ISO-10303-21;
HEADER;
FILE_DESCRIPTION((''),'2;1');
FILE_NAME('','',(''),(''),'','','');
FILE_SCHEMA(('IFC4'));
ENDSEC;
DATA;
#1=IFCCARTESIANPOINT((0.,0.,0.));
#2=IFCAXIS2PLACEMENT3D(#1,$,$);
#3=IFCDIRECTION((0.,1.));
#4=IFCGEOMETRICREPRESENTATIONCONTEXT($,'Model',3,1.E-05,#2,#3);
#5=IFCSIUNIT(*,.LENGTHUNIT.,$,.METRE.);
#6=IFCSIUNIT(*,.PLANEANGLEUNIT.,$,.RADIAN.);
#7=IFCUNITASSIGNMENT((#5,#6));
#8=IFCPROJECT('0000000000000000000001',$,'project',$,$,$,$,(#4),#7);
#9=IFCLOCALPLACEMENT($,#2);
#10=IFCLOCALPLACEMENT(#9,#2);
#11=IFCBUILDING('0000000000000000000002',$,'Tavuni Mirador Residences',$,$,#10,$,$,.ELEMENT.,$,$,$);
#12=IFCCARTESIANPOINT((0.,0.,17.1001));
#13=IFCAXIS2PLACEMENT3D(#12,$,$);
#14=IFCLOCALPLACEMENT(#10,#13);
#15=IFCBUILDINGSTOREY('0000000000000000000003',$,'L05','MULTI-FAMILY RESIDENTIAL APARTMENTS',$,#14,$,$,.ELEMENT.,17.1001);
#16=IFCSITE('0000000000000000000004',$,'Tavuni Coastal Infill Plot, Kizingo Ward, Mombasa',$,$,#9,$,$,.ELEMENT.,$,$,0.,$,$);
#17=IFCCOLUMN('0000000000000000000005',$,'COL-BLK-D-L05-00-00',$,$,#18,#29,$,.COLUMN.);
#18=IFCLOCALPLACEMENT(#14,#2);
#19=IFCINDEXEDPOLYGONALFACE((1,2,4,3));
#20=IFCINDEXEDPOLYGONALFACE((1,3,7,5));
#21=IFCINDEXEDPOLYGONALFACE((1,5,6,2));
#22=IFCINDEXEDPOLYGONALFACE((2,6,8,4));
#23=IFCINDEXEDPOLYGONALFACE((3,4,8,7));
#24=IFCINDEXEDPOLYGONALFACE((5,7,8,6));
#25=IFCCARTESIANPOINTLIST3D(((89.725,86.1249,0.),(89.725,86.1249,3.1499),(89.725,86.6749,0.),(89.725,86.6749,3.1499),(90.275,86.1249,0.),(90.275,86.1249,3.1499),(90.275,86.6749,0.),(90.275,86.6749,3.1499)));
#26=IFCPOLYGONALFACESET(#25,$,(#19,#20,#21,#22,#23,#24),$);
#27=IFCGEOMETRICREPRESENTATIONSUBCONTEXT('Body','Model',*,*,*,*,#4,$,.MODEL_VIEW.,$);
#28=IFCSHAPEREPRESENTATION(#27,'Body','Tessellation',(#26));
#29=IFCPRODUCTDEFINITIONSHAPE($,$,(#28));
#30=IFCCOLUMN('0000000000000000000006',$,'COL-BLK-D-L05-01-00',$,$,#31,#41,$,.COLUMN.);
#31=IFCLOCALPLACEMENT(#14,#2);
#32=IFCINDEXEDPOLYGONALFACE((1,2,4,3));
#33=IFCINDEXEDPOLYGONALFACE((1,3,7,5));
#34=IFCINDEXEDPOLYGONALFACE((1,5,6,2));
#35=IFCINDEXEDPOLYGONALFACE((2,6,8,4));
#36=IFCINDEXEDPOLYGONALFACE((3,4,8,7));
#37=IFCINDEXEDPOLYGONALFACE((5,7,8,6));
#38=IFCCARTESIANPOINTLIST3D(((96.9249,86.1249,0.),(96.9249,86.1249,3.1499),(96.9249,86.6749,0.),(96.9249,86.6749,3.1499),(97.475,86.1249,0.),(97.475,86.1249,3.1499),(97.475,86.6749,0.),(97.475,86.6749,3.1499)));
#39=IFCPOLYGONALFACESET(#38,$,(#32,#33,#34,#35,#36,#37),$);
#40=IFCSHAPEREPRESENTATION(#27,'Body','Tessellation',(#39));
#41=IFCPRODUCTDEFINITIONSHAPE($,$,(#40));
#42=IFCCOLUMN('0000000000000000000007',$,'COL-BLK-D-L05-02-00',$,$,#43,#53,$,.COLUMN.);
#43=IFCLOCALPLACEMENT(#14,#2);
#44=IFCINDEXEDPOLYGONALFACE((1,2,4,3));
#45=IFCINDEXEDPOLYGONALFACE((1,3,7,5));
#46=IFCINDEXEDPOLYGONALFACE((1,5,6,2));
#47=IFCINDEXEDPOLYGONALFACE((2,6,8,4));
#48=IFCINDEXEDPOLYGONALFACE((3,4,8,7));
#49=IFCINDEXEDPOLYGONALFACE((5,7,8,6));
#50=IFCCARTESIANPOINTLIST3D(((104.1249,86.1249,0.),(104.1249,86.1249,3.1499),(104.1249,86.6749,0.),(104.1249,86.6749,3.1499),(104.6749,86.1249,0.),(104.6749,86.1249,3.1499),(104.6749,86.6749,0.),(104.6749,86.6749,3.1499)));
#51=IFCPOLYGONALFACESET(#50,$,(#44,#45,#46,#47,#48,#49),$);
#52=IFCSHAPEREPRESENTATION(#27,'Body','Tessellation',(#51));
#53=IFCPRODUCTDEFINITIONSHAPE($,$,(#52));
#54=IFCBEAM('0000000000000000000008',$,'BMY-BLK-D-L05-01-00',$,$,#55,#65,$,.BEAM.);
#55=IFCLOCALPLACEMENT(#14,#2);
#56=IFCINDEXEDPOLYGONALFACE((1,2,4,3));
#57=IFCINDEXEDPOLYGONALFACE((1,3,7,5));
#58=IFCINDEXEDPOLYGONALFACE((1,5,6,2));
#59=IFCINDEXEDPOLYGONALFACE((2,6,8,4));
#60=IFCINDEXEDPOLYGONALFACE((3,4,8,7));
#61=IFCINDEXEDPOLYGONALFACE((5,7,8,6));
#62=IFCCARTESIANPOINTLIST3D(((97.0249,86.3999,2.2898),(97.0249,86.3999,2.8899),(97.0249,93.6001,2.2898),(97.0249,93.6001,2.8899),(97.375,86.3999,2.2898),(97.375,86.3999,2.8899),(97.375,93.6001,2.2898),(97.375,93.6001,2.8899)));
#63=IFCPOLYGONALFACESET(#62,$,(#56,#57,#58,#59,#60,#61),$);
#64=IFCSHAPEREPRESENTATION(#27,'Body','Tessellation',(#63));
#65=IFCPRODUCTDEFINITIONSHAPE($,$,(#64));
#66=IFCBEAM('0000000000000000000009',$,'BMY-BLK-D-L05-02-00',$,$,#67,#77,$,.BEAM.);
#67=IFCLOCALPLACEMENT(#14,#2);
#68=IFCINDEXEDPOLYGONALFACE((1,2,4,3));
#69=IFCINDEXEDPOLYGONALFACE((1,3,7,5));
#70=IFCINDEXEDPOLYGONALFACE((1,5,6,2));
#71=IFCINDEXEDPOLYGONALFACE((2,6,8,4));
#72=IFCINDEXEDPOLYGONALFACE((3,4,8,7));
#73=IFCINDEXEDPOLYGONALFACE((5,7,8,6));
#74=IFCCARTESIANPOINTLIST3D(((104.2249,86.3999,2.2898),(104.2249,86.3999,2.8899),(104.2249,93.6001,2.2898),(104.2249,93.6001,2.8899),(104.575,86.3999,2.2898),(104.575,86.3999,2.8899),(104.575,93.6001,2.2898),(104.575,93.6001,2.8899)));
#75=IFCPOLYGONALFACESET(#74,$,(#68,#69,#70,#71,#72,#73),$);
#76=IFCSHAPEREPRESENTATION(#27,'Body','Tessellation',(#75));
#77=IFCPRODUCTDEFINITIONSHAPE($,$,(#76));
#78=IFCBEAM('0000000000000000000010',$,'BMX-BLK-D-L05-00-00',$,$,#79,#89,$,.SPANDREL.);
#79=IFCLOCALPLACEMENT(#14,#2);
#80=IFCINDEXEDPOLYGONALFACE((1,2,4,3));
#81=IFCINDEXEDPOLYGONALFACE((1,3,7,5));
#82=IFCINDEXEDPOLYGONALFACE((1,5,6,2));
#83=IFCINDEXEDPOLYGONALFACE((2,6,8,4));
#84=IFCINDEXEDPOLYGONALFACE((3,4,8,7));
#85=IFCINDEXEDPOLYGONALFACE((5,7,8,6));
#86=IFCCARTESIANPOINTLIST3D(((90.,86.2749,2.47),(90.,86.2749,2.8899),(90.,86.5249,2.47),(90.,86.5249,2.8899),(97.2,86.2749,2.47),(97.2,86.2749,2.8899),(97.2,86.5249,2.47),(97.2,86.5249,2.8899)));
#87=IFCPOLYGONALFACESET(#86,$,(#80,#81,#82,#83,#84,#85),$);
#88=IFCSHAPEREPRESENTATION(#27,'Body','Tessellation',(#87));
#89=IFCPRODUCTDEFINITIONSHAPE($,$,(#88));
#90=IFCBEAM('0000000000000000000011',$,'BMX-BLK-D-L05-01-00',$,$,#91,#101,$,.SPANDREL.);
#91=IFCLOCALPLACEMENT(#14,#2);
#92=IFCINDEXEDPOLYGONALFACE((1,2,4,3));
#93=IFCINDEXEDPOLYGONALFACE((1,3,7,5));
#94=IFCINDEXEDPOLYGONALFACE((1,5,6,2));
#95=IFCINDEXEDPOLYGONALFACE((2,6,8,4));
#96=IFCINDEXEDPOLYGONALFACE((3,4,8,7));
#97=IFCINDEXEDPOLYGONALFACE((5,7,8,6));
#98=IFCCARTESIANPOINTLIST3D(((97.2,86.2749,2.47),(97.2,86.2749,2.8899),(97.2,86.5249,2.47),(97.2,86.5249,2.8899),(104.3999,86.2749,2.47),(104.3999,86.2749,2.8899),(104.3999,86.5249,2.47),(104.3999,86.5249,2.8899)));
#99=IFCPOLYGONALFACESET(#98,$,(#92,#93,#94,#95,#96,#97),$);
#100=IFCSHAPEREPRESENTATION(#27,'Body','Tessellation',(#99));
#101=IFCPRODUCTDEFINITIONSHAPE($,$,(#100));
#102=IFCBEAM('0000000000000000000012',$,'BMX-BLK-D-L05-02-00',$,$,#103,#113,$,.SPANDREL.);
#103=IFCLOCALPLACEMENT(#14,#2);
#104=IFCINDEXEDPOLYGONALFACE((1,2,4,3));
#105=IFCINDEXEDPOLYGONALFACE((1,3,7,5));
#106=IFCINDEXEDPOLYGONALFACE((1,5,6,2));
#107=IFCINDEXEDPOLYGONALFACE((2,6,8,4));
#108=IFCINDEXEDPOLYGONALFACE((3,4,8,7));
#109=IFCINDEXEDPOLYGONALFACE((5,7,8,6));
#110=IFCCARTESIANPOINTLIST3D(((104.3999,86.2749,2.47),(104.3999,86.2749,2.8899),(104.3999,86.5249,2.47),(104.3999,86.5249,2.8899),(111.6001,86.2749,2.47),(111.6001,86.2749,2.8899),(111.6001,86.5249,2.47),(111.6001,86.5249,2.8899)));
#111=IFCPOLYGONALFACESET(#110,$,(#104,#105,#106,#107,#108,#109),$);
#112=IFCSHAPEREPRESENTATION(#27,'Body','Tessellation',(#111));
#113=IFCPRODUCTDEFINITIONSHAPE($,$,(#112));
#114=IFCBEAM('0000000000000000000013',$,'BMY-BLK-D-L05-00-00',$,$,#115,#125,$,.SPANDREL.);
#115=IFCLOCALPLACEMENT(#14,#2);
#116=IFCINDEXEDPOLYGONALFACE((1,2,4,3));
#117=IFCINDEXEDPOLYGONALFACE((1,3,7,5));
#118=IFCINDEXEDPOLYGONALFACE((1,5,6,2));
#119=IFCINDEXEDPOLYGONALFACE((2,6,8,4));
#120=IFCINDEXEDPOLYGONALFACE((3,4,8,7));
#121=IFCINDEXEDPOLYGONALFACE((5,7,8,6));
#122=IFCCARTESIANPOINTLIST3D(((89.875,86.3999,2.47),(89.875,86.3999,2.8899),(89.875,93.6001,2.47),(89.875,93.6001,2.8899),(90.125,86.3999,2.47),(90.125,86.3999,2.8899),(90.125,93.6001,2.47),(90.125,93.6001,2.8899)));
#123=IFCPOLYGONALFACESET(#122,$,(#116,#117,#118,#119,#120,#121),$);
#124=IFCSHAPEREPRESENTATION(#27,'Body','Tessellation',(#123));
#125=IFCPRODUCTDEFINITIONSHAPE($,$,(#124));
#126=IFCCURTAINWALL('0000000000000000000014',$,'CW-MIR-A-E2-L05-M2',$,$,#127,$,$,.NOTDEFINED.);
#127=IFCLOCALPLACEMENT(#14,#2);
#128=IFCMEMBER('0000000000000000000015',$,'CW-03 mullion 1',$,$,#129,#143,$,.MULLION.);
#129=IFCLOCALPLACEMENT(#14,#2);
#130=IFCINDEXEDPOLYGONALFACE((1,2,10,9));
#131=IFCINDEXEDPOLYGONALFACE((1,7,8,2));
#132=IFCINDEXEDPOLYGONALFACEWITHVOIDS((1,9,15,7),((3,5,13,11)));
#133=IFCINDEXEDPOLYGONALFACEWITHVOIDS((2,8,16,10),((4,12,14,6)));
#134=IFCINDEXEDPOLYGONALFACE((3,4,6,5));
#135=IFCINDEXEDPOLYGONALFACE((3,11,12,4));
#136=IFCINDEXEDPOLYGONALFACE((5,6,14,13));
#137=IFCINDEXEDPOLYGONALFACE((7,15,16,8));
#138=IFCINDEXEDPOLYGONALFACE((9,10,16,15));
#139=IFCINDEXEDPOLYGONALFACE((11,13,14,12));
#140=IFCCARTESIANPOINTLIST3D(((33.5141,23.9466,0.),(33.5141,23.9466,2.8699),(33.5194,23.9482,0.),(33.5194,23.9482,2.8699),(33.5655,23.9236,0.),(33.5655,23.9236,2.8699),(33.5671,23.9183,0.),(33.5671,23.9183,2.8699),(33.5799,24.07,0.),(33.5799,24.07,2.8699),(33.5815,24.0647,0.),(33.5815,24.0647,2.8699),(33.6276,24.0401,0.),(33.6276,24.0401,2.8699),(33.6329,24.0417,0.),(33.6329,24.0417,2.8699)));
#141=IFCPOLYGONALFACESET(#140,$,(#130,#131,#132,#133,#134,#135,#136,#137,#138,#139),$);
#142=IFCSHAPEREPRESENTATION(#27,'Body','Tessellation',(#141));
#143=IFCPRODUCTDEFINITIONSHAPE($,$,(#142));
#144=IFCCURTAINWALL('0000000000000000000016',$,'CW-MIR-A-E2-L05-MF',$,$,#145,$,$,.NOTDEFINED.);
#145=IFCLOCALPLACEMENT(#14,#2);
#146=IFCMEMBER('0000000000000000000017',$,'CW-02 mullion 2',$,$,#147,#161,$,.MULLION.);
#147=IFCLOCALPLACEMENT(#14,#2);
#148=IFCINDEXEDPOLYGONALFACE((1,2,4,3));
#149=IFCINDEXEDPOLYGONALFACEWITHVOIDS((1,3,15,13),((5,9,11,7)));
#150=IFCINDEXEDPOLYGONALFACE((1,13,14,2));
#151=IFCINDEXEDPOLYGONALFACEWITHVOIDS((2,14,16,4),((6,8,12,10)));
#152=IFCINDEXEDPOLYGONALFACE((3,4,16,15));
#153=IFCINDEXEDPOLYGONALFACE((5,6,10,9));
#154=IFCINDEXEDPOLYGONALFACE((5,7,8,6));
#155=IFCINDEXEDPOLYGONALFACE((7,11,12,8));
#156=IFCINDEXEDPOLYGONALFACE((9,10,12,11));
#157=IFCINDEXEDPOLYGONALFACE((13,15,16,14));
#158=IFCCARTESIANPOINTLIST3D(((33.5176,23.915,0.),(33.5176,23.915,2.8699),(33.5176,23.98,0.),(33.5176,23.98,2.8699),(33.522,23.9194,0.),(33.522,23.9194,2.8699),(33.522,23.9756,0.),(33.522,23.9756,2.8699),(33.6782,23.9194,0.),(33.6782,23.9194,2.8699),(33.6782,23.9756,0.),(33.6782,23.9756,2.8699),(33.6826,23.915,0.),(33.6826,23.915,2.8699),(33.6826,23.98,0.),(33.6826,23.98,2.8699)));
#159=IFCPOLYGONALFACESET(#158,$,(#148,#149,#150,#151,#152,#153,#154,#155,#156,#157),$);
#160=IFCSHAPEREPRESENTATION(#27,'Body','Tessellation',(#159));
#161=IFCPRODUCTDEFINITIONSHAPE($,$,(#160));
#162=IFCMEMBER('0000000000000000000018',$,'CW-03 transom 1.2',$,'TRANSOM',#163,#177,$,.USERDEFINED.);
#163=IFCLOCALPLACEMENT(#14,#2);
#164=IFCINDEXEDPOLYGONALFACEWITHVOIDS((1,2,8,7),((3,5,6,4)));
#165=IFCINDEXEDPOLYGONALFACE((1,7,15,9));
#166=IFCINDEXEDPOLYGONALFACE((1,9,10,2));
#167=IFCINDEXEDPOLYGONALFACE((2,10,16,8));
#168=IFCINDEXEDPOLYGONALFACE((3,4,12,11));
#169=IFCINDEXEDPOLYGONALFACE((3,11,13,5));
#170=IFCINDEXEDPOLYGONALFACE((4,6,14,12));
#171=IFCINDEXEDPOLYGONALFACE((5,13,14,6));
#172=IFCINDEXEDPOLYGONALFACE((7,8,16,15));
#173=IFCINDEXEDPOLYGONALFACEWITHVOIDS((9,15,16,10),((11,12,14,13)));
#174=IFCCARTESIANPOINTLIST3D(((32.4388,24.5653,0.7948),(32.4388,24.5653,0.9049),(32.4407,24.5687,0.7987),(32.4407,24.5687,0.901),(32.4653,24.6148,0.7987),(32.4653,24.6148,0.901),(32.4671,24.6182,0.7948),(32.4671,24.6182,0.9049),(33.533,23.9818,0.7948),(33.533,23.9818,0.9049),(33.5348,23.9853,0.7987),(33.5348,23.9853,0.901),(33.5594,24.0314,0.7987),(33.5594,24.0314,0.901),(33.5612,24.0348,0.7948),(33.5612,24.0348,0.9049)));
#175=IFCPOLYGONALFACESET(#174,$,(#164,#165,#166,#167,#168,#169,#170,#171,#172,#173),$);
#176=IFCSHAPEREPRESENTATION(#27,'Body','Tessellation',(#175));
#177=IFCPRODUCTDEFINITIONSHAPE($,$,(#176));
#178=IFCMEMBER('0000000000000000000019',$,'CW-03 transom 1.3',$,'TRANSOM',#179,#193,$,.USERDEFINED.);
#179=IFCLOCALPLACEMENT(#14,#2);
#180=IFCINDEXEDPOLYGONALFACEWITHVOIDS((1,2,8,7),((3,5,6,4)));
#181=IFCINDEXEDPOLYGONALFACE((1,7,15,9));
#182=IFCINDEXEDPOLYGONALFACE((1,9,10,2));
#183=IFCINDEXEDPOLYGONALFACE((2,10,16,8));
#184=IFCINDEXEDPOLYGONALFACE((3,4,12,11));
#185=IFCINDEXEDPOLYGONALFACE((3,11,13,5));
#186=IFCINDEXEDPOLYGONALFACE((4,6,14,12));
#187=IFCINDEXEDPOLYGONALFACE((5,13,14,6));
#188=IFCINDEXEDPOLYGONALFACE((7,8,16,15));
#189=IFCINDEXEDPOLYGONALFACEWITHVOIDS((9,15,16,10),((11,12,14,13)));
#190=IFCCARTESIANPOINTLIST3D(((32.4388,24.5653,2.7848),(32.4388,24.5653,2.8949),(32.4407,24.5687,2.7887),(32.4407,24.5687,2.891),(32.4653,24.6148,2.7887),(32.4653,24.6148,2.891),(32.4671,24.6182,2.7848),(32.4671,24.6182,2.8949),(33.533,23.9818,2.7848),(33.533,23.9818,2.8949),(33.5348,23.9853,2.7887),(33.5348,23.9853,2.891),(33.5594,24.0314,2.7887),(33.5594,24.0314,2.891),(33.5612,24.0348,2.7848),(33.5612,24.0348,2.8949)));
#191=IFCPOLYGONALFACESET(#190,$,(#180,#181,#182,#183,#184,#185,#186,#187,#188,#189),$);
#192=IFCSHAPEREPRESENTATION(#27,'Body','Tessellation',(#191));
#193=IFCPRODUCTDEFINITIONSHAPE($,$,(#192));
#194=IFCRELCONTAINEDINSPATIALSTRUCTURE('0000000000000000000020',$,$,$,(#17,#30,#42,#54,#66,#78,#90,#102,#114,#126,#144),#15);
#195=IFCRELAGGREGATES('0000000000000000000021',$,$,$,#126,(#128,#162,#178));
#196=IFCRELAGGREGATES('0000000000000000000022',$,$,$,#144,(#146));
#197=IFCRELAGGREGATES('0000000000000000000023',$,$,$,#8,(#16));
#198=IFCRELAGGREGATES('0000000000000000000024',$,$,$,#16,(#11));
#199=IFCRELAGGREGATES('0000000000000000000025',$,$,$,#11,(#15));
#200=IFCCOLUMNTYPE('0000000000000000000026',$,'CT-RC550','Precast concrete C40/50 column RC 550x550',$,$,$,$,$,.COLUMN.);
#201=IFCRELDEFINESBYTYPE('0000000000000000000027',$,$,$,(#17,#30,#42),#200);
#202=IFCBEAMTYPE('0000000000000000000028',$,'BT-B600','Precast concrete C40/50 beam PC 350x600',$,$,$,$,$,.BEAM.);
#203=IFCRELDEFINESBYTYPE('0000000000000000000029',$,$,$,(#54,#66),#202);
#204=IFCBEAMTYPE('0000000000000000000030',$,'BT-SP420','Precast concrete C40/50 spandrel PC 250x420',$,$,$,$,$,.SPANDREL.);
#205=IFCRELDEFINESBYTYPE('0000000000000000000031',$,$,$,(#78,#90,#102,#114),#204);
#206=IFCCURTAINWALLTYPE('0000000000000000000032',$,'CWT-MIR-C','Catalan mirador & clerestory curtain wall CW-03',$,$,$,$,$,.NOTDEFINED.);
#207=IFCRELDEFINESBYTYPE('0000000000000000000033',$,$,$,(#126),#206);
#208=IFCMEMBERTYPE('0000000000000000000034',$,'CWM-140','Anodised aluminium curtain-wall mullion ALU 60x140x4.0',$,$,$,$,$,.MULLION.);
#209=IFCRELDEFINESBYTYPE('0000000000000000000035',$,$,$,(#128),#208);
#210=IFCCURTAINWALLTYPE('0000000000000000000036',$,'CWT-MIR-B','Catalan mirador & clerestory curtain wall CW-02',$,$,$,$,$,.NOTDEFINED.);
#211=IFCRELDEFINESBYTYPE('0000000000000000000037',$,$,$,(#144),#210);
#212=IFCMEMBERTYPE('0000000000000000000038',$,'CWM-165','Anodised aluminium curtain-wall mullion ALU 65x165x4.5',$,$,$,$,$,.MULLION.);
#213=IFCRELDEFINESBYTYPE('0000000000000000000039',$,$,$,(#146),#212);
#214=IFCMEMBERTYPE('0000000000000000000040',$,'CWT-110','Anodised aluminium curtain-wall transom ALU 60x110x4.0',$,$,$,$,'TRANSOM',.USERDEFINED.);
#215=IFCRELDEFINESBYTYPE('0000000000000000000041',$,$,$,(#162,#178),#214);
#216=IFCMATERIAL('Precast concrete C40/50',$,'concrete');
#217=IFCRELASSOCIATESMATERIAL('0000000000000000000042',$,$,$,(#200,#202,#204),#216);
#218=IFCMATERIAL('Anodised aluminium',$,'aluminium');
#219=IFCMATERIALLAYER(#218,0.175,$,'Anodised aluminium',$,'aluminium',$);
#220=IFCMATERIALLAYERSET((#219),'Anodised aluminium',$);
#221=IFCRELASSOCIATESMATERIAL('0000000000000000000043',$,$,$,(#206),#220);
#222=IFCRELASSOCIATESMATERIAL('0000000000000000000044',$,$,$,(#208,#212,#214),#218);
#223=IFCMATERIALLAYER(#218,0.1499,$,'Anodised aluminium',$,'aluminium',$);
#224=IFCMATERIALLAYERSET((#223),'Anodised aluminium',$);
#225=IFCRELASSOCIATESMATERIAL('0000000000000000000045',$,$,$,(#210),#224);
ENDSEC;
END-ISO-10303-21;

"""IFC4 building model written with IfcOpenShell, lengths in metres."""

from ifc_helpers import new_model, si_unit, direction, frame, origin, origin_2d, place, context, subcontext, project, spatial, rectangle, hollow_rectangle, extrude, material, layer, layer_set, material_profile, profile_set, type_object, element, aggregate, save


model = new_model("IFC4")

# Units and contexts
model_context = context("Model", 3, precision=1e-05, world=origin(), true_north=direction((0.0, 1.0)))
body_context = subcontext(model_context, "Body", "Model", "MODEL_VIEW")
ifc_project = project(units=[si_unit("LENGTHUNIT", "METRE"), si_unit("PLANEANGLEUNIT", "RADIAN")], contexts=[model_context])

# Site, building, storey
site_placement = place(None, origin())
site = spatial("IfcSite", under=ifc_project, at=site_placement, Name="Tavuni Coastal Infill Plot, Kizingo Ward, Mombasa", CompositionType="ELEMENT", RefElevation=0.0)
building_placement = place(site_placement, origin())
building = spatial("IfcBuilding", under=site, at=building_placement, Name="Tavuni Mirador Residences", CompositionType="ELEMENT")
storey_placement = place(building_placement, frame((0.0, 0.0, 17.1001)))
storey = spatial("IfcBuildingStorey", under=building, at=storey_placement, Name="L05", Description="MULTI-FAMILY RESIDENTIAL APARTMENTS", CompositionType="ELEMENT", Elevation=17.1001)

# Columns
ifc_material_1 = material(Name="Precast concrete C40/50", Category="concrete")
ifc_material_profile_1 = material_profile(ifc_material_1, rectangle(XDim=0.55, YDim=0.55, at=origin_2d()), Name="RC 550x550", Category="concrete")
ifc_profile_set_1 = profile_set([ifc_material_profile_1], Name="Precast concrete C40/50")
column_type = type_object("IfcColumnType", Name="CT-RC550", Description="Precast concrete C40/50 column RC 550x550", PredefinedType="COLUMN", material=ifc_profile_set_1)
for number, where, z_axis, x_axis, name in (
    (1, (90.0, 86.3999, 0.0), (0.0, 0.0, 1.0), (1.0, 0.0, 0.0), "COL-BLK-D-L05-00-00"),
    (2, (97.2, 86.3999, 0.0), (0.0, 0.0, 1.0), (1.0, 0.0, 0.0), "COL-BLK-D-L05-01-00"),
    (3, (104.3999, 86.3999, 0.0), (0.0, 0.0, 1.0), (1.0, 0.0, 0.0), "COL-BLK-D-L05-02-00"),
):
    element("IfcColumn", number, at=place(storey_placement, frame(where, z_axis=z_axis, x_axis=x_axis)), inside=storey, type_object=column_type, Name=name, PredefinedType="COLUMN", context=body_context, shape_type="SweptSolid", body=[
        extrude(rectangle(XDim=0.55, YDim=0.55, at=origin_2d()), origin(), (0.0, 0.0, 1.0), 3.1499),
    ])

# Beams
ifc_material_profile_2 = material_profile(ifc_material_1, rectangle(XDim=0.3501, YDim=0.6001, at=origin_2d()), Name="PC 350x600", Category="concrete")
ifc_profile_set_2 = profile_set([ifc_material_profile_2], Name="Precast concrete C40/50")
beam_type_1 = type_object("IfcBeamType", Name="BT-B600", Description="Precast concrete C40/50 beam PC 350x600", PredefinedType="BEAM", material=ifc_profile_set_2)
for number, where, z_axis, x_axis, name in (
    (4, (97.2, 86.3999, 2.5898), (0.0, 1.0, 0.0), (-1.0, 0.0, 0.0), "BMY-BLK-D-L05-01-00"),
    (5, (104.3999, 86.3999, 2.5898), (0.0, 1.0, 0.0), (-1.0, 0.0, 0.0), "BMY-BLK-D-L05-02-00"),
):
    element("IfcBeam", number, at=place(storey_placement, frame(where, z_axis=z_axis, x_axis=x_axis)), inside=storey, type_object=beam_type_1, Name=name, PredefinedType="BEAM", context=body_context, shape_type="SweptSolid", body=[
        extrude(rectangle(XDim=0.3501, YDim=0.6001, at=origin_2d()), origin(), (0.0, 0.0, 1.0), 7.2002),
    ])
ifc_material_profile_3 = material_profile(ifc_material_1, rectangle(XDim=0.25, YDim=0.4199, at=origin_2d()), Name="PC 250x420", Category="concrete")
ifc_profile_set_3 = profile_set([ifc_material_profile_3], Name="Precast concrete C40/50")
beam_type_2 = type_object("IfcBeamType", Name="BT-SP420", Description="Precast concrete C40/50 spandrel PC 250x420", PredefinedType="SPANDREL", material=ifc_profile_set_3)
for number, where, z_axis, x_axis, name in (
    (6, (90.0, 86.3999, 2.6799), (1.0, 0.0, 0.0), (0.0, 1.0, 0.0), "BMX-BLK-D-L05-00-00"),
    (7, (97.2, 86.3999, 2.6799), (1.0, 0.0, 0.0), (0.0, 1.0, 0.0), "BMX-BLK-D-L05-01-00"),
):
    element("IfcBeam", number, at=place(storey_placement, frame(where, z_axis=z_axis, x_axis=x_axis)), inside=storey, type_object=beam_type_2, Name=name, PredefinedType="SPANDREL", context=body_context, shape_type="SweptSolid", body=[
        extrude(rectangle(XDim=0.25, YDim=0.4199, at=origin_2d()), origin(), (0.0, 0.0, 1.0), 7.2),
    ])
for number, where, z_axis, x_axis, name in (
    (8, (104.3999, 86.3999, 2.6799), (1.0, 0.0, 0.0), (0.0, 1.0, 0.0), "BMX-BLK-D-L05-02-00"),
    (9, (90.0, 86.3999, 2.6799), (0.0, 1.0, 0.0), (-1.0, 0.0, 0.0), "BMY-BLK-D-L05-00-00"),
):
    element("IfcBeam", number, at=place(storey_placement, frame(where, z_axis=z_axis, x_axis=x_axis)), inside=storey, type_object=beam_type_2, Name=name, PredefinedType="SPANDREL", context=body_context, shape_type="SweptSolid", body=[
        extrude(rectangle(XDim=0.25, YDim=0.4199, at=origin_2d()), origin(), (0.0, 0.0, 1.0), 7.2002),
    ])

# Curtain walls, members
ifc_material_2 = material(Name="Anodised aluminium", Category="aluminium")
ifc_layer_1 = layer(ifc_material_2, 0.175, Name="Anodised aluminium", Category="aluminium")
ifc_layer_set_1 = layer_set([ifc_layer_1], Name="Anodised aluminium")
curtain_wall_type_1 = type_object("IfcCurtainWallType", Name="CWT-MIR-C", Description="Catalan mirador & clerestory curtain wall CW-03", PredefinedType="NOTDEFINED", material=ifc_layer_set_1)
curtain_wall_1_placement = place(storey_placement, origin())
curtain_wall_1 = element("IfcCurtainWall", 10, at=curtain_wall_1_placement, inside=storey, type_object=curtain_wall_type_1, Name="CW-MIR-A-E2-L05-M2", PredefinedType="NOTDEFINED")
ifc_material_profile_4 = material_profile(ifc_material_2, hollow_rectangle(XDim=0.0601, YDim=0.1399, WallThickness=0.0039, at=origin_2d()), Name="ALU 60x140x4.0", Category="aluminium")
ifc_profile_set_4 = profile_set([ifc_material_profile_4], Name="Anodised aluminium")
member_type_1 = type_object("IfcMemberType", Name="CWM-140", Description="Anodised aluminium curtain-wall mullion ALU 60x140x4.0", PredefinedType="MULLION", material=ifc_profile_set_4)
member_1_placement = place(storey_placement, frame((33.5735, 23.9941, 0.0), z_axis=(0.0, 0.0, 1.0), x_axis=(-0.882353, 0.470588, 0.0)))
member_1 = element("IfcMember", 11, at=member_1_placement, type_object=member_type_1, Name="CW-03 mullion 1", PredefinedType="MULLION", context=body_context, shape_type="SweptSolid", body=[
    extrude(hollow_rectangle(XDim=0.0601, YDim=0.1399, WallThickness=0.0039, at=origin_2d()), origin(), (0.0, 0.0, 1.0), 2.8699),
])
ifc_layer_2 = layer(ifc_material_2, 0.1499, Name="Anodised aluminium", Category="aluminium")
ifc_layer_set_2 = layer_set([ifc_layer_2], Name="Anodised aluminium")
curtain_wall_type_2 = type_object("IfcCurtainWallType", Name="CWT-MIR-B", Description="Catalan mirador & clerestory curtain wall CW-02", PredefinedType="NOTDEFINED", material=ifc_layer_set_2)
curtain_wall_2_placement = place(storey_placement, origin())
curtain_wall_2 = element("IfcCurtainWall", 12, at=curtain_wall_2_placement, inside=storey, type_object=curtain_wall_type_2, Name="CW-MIR-A-E2-L05-MF", PredefinedType="NOTDEFINED")
ifc_material_profile_5 = material_profile(ifc_material_2, hollow_rectangle(XDim=0.0649, YDim=0.165, WallThickness=0.0044, at=origin_2d()), Name="ALU 65x165x4.5", Category="aluminium")
ifc_profile_set_5 = profile_set([ifc_material_profile_5], Name="Anodised aluminium")
member_type_2 = type_object("IfcMemberType", Name="CWM-165", Description="Anodised aluminium curtain-wall mullion ALU 65x165x4.5", PredefinedType="MULLION", material=ifc_profile_set_5)
member_2_placement = place(storey_placement, frame((33.6001, 23.9475, 0.0), z_axis=(0.0, 0.0, 1.0), x_axis=(0.0, 1.0, 0.0)))
member_2 = element("IfcMember", 13, at=member_2_placement, type_object=member_type_2, Name="CW-02 mullion 2", PredefinedType="MULLION", context=body_context, shape_type="SweptSolid", body=[
    extrude(hollow_rectangle(XDim=0.0649, YDim=0.165, WallThickness=0.0044, at=origin_2d()), origin(), (0.0, 0.0, 1.0), 2.8699),
])

# Members
ifc_material_profile_6 = material_profile(ifc_material_2, hollow_rectangle(XDim=0.0601, YDim=0.1101, WallThickness=0.0039, at=origin_2d()), Name="ALU 60x110x4.0", Category="aluminium")
ifc_profile_set_6 = profile_set([ifc_material_profile_6], Name="Anodised aluminium")
member_type_3 = type_object("IfcMemberType", Name="CWT-110", Description="Anodised aluminium curtain-wall transom ALU 60x110x4.0", ElementType="TRANSOM", PredefinedType="USERDEFINED", material=ifc_profile_set_6)
member_3_placement = place(storey_placement, frame((33.5471, 24.0083, 0.8499), z_axis=(-0.882386, 0.470527, 0.0), x_axis=(-0.470527, -0.882386, 0.0)))
member_3 = element("IfcMember", 14, at=member_3_placement, type_object=member_type_3, Name="CW-03 transom 1.2", ObjectType="TRANSOM", PredefinedType="USERDEFINED", context=body_context, shape_type="SweptSolid", body=[
    extrude(hollow_rectangle(XDim=0.0601, YDim=0.1101, WallThickness=0.0039, at=origin_2d()), origin(), (0.0, 0.0, 1.0), 1.24),
])
member_4_placement = place(storey_placement, frame((33.5471, 24.0083, 2.8398), z_axis=(-0.882386, 0.470527, 0.0), x_axis=(-0.470527, -0.882386, 0.0)))
member_4 = element("IfcMember", 15, at=member_4_placement, type_object=member_type_3, Name="CW-03 transom 1.3", ObjectType="TRANSOM", PredefinedType="USERDEFINED", context=body_context, shape_type="SweptSolid", body=[
    extrude(hollow_rectangle(XDim=0.0601, YDim=0.1101, WallThickness=0.0039, at=origin_2d()), origin(), (0.0, 0.0, 1.0), 1.24),
])
aggregate(curtain_wall_1, [member_1, member_3, member_4])

aggregate(curtain_wall_2, [member_2])

save(model, "model.ifc")
